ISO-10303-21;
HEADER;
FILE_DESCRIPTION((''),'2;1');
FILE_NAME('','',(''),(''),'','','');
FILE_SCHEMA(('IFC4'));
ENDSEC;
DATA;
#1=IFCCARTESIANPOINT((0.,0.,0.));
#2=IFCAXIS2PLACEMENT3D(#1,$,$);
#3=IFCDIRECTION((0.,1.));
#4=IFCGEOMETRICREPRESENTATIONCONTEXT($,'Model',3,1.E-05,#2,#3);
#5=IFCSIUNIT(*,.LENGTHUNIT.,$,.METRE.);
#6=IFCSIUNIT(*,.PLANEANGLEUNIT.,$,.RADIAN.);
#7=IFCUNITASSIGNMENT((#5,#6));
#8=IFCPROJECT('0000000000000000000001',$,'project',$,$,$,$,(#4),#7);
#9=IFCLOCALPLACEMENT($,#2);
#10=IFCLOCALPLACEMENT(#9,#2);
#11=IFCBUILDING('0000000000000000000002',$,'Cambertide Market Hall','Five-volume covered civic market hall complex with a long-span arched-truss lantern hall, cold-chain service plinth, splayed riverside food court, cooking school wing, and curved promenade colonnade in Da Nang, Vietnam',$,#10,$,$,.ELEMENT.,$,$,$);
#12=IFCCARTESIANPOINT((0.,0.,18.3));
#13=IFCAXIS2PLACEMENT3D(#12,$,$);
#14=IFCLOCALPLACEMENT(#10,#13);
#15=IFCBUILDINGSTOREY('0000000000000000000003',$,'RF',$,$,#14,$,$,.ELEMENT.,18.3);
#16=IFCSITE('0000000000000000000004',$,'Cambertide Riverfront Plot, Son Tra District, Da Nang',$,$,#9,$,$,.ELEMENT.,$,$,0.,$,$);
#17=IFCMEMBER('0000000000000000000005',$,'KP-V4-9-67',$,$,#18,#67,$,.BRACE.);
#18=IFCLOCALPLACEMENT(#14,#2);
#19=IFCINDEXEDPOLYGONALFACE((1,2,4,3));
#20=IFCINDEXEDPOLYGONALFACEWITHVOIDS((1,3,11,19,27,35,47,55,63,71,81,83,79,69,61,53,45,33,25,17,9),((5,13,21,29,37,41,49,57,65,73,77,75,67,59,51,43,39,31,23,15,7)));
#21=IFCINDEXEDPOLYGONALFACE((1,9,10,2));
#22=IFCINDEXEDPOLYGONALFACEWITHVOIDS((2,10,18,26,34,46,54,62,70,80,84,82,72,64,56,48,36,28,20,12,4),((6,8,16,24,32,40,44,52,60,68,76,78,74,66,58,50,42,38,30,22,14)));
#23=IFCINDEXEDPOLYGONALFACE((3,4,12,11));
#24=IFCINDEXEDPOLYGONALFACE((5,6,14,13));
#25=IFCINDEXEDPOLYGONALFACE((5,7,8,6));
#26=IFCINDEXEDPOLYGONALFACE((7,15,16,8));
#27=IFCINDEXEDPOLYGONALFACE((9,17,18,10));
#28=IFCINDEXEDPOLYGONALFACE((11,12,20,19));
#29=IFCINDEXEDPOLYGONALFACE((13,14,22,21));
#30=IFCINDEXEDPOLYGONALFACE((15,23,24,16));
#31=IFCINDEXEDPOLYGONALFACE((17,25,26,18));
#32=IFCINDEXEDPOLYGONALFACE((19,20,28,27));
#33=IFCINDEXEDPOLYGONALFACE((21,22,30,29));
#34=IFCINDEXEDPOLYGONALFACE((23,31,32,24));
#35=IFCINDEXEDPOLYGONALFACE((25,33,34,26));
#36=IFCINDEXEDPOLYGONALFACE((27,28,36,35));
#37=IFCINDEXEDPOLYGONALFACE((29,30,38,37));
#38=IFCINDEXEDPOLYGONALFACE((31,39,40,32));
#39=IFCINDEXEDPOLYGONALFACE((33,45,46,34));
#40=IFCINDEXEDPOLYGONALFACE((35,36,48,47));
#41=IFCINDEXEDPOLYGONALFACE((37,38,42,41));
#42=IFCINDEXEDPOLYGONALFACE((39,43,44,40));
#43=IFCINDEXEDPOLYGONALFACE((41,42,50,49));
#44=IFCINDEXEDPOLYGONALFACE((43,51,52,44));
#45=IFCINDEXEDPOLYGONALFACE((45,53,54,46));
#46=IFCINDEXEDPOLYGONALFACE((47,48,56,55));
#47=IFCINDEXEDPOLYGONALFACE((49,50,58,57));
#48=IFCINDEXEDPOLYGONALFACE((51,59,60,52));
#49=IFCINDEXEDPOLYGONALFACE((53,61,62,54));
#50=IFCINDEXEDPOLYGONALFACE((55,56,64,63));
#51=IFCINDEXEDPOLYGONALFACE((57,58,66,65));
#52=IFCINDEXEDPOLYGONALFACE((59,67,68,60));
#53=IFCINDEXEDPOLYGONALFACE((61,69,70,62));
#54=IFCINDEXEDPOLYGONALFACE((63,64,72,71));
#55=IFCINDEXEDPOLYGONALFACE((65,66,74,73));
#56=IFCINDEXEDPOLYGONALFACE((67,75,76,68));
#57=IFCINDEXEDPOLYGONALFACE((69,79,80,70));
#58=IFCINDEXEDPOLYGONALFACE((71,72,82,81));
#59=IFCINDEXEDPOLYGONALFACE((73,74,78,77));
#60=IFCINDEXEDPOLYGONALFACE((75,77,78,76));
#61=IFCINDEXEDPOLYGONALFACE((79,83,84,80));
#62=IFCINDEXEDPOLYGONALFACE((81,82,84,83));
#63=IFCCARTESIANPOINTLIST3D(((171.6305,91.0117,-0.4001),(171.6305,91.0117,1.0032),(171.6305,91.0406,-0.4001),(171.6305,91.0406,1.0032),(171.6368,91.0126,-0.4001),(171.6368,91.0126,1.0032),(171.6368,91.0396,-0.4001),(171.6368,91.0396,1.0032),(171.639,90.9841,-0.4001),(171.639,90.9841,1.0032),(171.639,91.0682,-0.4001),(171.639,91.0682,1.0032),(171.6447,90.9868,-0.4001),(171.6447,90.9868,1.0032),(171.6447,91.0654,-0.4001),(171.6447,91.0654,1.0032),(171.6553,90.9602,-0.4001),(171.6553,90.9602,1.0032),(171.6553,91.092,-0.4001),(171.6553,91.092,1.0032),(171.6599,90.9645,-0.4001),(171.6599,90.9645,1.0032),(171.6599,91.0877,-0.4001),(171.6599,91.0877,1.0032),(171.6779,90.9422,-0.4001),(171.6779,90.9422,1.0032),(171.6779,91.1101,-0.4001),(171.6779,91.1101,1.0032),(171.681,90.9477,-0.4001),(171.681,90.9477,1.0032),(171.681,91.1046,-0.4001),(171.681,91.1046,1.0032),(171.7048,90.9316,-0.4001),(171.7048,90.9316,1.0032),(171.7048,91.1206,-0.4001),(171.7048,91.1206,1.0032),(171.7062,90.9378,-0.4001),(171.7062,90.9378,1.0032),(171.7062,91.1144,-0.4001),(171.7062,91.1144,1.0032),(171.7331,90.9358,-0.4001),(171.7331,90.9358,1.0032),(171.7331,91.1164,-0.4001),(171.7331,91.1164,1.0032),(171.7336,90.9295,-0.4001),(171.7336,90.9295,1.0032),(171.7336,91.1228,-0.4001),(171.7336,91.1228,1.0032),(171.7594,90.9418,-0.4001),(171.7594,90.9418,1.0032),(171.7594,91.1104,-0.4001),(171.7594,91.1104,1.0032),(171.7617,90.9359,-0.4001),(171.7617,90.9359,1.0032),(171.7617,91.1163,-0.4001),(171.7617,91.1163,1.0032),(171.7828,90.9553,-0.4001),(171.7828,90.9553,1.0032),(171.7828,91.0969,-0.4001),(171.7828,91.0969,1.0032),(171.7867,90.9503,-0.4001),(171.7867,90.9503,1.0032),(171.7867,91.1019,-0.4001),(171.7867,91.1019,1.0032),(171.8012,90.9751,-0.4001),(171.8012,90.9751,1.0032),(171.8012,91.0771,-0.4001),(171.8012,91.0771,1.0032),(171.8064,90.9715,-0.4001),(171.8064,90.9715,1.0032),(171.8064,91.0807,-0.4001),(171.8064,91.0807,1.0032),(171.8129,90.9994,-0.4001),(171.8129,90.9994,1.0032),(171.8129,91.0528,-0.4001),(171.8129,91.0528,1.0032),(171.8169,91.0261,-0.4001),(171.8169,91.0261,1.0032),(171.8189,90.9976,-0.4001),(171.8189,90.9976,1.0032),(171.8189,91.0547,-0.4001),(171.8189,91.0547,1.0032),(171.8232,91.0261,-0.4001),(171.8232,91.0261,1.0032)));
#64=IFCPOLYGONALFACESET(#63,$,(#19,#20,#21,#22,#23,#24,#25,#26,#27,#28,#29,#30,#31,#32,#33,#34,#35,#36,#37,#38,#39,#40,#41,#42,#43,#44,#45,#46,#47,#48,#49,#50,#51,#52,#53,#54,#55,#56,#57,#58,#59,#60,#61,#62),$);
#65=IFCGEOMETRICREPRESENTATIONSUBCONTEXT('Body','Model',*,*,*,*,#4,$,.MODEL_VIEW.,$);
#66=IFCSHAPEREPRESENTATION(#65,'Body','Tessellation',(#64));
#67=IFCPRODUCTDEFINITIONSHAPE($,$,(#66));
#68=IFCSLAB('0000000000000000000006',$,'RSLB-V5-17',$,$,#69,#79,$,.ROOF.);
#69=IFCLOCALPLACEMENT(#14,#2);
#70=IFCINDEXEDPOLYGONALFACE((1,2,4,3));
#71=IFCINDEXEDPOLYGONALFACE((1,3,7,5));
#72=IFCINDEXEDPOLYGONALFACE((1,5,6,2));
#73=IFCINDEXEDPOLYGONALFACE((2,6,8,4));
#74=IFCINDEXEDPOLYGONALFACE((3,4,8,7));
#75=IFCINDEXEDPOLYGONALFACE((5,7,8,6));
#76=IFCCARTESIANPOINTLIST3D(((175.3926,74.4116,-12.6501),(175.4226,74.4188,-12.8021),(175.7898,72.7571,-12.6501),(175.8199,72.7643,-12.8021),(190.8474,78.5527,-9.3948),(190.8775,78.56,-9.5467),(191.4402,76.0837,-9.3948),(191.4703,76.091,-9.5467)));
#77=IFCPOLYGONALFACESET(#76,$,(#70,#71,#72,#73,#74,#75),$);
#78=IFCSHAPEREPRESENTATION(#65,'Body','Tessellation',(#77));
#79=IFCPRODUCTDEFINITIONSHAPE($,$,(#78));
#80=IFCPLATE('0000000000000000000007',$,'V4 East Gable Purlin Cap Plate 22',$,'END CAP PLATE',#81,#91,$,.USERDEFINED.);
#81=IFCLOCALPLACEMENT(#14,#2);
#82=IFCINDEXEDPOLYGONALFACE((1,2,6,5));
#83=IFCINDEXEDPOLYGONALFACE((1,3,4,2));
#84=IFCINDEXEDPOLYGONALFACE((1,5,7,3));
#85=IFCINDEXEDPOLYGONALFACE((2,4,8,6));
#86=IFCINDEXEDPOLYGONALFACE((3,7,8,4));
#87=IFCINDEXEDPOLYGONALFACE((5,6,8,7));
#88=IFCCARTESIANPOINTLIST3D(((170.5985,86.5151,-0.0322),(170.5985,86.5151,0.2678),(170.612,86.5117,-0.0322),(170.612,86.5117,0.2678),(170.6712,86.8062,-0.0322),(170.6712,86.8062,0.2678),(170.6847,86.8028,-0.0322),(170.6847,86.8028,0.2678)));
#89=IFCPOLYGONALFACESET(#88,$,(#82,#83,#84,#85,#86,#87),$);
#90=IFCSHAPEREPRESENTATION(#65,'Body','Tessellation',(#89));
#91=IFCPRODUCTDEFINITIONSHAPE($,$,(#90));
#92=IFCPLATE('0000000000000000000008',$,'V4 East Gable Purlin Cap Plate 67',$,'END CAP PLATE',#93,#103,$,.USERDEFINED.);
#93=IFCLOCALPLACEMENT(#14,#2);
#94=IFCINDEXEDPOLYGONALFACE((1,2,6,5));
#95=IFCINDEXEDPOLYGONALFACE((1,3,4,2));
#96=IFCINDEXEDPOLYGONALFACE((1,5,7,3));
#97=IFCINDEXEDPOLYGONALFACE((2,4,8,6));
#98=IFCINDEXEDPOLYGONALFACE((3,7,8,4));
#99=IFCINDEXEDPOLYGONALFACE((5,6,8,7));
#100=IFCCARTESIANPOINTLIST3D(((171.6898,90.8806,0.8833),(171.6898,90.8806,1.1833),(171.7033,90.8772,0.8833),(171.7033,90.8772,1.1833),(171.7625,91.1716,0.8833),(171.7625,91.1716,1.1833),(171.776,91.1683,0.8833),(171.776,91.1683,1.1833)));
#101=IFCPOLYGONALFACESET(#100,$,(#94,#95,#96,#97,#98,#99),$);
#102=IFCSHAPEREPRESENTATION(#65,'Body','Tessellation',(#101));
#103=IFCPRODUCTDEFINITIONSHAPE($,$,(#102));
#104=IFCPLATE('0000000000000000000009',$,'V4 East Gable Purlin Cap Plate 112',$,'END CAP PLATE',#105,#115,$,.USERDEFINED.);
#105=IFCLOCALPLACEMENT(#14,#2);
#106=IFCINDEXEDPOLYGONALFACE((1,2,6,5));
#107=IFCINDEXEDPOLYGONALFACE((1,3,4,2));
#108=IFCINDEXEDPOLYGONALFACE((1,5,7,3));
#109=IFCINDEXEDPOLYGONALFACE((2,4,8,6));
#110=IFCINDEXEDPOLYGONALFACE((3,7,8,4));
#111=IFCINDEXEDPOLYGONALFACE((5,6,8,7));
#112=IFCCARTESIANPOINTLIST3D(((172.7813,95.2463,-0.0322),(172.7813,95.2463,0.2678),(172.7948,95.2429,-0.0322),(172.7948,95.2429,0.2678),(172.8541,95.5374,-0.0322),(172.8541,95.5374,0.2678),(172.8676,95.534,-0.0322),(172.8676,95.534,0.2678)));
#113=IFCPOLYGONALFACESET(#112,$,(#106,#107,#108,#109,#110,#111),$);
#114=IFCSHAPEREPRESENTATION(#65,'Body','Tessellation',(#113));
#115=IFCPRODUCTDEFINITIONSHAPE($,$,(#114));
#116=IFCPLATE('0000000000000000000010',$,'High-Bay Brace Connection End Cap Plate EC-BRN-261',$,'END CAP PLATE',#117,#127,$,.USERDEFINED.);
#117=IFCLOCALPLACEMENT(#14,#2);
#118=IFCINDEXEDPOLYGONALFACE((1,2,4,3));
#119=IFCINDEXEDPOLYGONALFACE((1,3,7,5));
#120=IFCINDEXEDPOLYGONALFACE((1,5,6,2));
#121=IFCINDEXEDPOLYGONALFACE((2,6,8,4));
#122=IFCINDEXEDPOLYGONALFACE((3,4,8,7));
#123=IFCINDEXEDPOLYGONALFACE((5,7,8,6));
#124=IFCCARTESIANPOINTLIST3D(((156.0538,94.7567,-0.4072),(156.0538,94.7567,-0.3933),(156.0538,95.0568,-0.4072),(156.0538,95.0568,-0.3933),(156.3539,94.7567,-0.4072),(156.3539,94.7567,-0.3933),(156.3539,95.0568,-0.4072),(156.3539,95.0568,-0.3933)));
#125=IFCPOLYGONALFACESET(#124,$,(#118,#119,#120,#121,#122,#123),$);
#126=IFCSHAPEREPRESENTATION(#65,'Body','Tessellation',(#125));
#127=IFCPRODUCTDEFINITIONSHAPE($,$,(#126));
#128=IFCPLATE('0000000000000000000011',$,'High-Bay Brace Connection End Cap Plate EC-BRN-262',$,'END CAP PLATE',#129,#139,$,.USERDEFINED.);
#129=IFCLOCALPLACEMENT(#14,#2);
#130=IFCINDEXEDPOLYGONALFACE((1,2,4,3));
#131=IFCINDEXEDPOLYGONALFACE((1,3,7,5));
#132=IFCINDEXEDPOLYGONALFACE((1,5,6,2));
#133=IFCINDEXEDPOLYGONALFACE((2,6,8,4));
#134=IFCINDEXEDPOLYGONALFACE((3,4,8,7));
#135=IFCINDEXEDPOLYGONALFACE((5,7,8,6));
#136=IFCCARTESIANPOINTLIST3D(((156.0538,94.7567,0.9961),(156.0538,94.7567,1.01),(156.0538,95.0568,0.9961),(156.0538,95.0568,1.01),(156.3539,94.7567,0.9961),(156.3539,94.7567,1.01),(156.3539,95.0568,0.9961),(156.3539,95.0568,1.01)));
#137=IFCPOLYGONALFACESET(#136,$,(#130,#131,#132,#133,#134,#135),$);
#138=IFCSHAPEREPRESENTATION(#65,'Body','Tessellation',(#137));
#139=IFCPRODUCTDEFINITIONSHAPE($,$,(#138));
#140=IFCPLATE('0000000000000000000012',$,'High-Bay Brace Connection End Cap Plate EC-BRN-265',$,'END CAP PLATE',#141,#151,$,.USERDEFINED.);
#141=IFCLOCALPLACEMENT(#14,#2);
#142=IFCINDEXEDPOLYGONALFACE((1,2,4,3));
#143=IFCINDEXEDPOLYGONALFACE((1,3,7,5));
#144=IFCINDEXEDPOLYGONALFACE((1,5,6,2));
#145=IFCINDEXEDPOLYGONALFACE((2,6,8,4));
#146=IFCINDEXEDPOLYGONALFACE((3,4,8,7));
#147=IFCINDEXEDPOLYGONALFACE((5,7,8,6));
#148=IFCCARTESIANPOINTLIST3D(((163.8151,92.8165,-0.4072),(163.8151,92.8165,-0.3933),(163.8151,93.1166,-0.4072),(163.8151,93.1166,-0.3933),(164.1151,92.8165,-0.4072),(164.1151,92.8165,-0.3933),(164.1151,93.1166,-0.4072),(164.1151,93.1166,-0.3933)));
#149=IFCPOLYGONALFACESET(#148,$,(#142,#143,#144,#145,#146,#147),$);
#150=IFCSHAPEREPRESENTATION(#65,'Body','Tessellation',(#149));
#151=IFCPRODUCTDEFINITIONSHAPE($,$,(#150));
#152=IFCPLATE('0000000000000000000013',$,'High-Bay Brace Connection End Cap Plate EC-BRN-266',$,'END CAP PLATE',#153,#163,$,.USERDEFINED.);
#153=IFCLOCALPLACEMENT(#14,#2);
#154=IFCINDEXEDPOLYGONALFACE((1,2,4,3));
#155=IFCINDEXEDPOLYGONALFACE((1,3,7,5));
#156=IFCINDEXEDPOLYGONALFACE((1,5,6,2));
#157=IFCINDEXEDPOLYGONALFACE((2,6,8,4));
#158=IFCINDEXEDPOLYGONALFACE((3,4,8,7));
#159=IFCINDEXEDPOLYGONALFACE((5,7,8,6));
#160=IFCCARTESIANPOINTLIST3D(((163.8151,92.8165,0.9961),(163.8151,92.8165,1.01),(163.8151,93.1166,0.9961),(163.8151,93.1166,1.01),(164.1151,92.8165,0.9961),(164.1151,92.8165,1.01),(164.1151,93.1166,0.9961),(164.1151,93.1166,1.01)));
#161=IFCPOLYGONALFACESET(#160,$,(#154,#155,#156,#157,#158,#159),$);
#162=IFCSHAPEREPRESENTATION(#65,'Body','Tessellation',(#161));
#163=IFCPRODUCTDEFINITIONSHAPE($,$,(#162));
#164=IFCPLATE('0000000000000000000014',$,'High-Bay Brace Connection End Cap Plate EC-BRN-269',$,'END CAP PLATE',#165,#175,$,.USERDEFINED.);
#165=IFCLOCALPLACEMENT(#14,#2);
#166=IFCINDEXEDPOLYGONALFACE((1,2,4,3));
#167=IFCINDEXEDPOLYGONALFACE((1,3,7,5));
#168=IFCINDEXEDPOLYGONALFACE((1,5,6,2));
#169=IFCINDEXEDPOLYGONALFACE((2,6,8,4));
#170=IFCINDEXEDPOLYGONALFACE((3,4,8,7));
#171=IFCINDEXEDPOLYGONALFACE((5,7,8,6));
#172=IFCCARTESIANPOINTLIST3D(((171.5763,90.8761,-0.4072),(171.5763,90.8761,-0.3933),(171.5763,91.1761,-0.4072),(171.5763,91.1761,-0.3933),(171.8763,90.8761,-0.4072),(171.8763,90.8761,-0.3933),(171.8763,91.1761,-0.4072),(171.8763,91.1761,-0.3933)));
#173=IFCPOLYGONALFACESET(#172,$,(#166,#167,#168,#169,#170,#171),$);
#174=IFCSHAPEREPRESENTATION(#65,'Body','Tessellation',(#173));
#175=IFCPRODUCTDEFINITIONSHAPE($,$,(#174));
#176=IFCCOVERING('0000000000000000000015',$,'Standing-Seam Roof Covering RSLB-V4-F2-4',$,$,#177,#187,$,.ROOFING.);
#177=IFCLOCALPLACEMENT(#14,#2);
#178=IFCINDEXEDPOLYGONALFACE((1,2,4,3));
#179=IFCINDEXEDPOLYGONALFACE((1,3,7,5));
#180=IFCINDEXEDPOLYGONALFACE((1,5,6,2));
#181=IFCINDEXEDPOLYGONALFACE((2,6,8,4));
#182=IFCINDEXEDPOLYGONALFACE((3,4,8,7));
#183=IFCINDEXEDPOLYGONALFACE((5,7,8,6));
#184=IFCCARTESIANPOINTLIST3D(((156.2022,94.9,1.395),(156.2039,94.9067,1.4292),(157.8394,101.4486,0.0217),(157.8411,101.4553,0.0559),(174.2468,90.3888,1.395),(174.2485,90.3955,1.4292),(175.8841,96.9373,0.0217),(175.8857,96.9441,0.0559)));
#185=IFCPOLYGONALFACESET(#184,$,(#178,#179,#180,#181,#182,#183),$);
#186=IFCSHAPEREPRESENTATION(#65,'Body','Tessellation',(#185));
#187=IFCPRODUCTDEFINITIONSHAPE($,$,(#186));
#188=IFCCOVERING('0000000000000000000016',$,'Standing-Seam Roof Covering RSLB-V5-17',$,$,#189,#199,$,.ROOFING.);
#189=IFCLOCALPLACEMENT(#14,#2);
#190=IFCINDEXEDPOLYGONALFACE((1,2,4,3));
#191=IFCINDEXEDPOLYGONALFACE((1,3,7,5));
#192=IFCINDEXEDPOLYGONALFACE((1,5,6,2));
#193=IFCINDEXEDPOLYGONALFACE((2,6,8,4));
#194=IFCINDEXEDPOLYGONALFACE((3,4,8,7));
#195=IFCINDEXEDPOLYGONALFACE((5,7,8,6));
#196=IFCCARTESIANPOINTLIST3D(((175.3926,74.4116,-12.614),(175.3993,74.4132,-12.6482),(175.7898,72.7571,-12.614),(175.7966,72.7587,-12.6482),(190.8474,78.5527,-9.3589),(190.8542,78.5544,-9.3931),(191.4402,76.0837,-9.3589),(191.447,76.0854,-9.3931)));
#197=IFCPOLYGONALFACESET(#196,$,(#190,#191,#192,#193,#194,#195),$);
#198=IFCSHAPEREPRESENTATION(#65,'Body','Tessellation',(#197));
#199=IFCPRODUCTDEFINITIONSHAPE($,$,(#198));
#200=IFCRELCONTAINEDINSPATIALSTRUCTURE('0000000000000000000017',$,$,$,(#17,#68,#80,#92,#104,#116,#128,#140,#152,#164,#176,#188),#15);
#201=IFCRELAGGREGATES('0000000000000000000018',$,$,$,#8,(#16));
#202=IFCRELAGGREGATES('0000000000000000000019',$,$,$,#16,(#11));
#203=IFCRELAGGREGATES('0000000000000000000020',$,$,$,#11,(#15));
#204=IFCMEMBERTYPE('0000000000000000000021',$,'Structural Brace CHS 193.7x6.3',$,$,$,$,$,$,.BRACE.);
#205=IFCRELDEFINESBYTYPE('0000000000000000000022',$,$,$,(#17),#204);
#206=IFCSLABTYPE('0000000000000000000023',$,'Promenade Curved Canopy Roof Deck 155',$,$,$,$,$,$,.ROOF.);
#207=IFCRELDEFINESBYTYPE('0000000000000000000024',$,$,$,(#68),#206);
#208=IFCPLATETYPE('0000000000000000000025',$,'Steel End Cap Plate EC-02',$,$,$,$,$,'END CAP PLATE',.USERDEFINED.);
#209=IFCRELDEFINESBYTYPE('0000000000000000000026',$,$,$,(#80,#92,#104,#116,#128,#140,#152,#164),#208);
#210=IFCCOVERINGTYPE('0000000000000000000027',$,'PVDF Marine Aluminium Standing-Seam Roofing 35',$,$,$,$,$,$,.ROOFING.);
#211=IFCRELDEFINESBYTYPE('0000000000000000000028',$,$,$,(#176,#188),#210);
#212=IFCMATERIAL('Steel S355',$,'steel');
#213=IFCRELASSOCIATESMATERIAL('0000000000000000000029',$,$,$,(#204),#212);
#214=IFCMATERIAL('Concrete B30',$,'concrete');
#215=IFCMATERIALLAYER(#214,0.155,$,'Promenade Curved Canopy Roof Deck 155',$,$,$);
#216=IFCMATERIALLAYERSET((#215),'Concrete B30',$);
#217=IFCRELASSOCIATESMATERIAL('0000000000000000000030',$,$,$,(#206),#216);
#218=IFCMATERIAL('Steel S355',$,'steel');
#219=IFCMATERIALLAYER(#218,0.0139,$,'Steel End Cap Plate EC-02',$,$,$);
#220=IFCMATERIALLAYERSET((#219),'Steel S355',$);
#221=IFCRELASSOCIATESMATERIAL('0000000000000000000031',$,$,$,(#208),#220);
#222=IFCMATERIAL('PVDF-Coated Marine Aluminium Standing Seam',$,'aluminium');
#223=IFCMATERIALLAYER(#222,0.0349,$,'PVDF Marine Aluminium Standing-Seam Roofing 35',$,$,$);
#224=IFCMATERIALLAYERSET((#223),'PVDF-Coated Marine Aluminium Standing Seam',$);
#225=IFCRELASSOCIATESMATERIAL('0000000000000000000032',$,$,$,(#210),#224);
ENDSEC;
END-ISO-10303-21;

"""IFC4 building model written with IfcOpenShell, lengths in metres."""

from ifc_helpers import new_model, si_unit, direction, frame, origin, origin_2d, place, context, subcontext, project, spatial, polyline, rectangle, hollow_circle, outline, extrude, material, layer, layer_set, material_profile, profile_set, type_object, element, save


model = new_model("IFC4")

# Units and contexts
model_context = context("Model", 3, precision=1e-05, world=origin(), true_north=direction((0.0, 1.0)))
body_context = subcontext(model_context, "Body", "Model", "MODEL_VIEW")
ifc_project = project(units=[si_unit("LENGTHUNIT", "METRE"), si_unit("PLANEANGLEUNIT", "RADIAN")], contexts=[model_context])

# Site, building, storey
site_placement = place(None, origin())
site = spatial("IfcSite", under=ifc_project, at=site_placement, Name="Cambertide Riverfront Plot, Son Tra District, Da Nang", CompositionType="ELEMENT", RefElevation=0.0)
building_placement = place(site_placement, origin())
building = spatial("IfcBuilding", under=site, at=building_placement, Name="Cambertide Market Hall", Description="Five-volume covered civic market hall complex with a long-span arched-truss lantern hall, cold-chain service plinth, splayed riverside food court, cooking school wing, and curved promenade colonnade in Da Nang, Vietnam", CompositionType="ELEMENT")
storey_placement = place(building_placement, frame((0.0, 0.0, 18.3)))
storey = spatial("IfcBuildingStorey", under=building, at=storey_placement, Name="RF", CompositionType="ELEMENT", Elevation=18.3)

# Member
ifc_material_1 = material(Name="Steel S355", Category="steel")
ifc_material_profile_1 = material_profile(ifc_material_1, hollow_circle(Radius=0.0969, WallThickness=0.0063, at=origin_2d()), Name="CHS 193.7x6.3")
ifc_profile_set_1 = profile_set([ifc_material_profile_1], Name="Steel S355")
member_type_1 = type_object("IfcMemberType", Name="Structural Brace CHS 193.7x6.3", PredefinedType="BRACE", material=ifc_profile_set_1)
for number, where, z_axis, x_axis, name in (
    (1, (171.7263, 91.0261, -0.4001), (0.0, 0.0, 1.0), (1.0, 0.0, 0.0), "KP-V4-9-67"),
):
    element("IfcMember", number, at=place(storey_placement, frame(where, z_axis=z_axis, x_axis=x_axis)), inside=storey, type_object=member_type_1, Name=name, PredefinedType="BRACE", context=body_context, shape_type="SweptSolid", body=[
        extrude(hollow_circle(Radius=0.0969, WallThickness=0.0063, at=origin_2d()), origin(), (0.0, 0.0, 1.0), 1.4033),
    ])

# Slab
ifc_material_2 = material(Name="Concrete B30", Category="concrete")
ifc_layer_1 = layer(ifc_material_2, 0.155, Name="Promenade Curved Canopy Roof Deck 155")
ifc_layer_set_1 = layer_set([ifc_layer_1], Name="Concrete B30")
slab_type = type_object("IfcSlabType", Name="Promenade Curved Canopy Roof Deck 155", PredefinedType="ROOF", material=ifc_layer_set_1)
slab_1_placement = place(storey_placement, frame((175.7898, 72.7571, -12.6501), z_axis=(-0.19393, -0.046559, 0.97991), x_axis=(-0.233444, 0.97237, 0.000001)))
element("IfcSlab", 2, at=slab_1_placement, inside=storey, type_object=slab_type, Name="RSLB-V5-17", PredefinedType="ROOF", context=body_context, shape_type="SweptSolid", body=[
    extrude(outline(polyline([(0.0, 0.0), (1.7016, 0.0), (2.1204, -16.3225), (-0.4187, -16.3225), (0.0, 0.0)])), origin(), (0.0, 0.0, -1.0), 0.155),
])

# Plates
ifc_material_3 = material(Name="Steel S355", Category="steel")
ifc_layer_2 = layer(ifc_material_3, 0.0139, Name="Steel End Cap Plate EC-02")
ifc_layer_set_2 = layer_set([ifc_layer_2], Name="Steel S355")
plate_type = type_object("IfcPlateType", Name="Steel End Cap Plate EC-02", ElementType="END CAP PLATE", PredefinedType="USERDEFINED", material=ifc_layer_set_2)
for number, where, z_axis, x_axis, name in (
    (3, (170.6416, 86.6589, -0.0322), (0.0, 0.0, 1.0), (0.970143, -0.242536, 0.0), "V4 East Gable Purlin Cap Plate 22"),
    (4, (171.7329, 91.0244, 0.8833), (0.0, 0.0, 1.0), (0.970143, -0.242536, 0.0), "V4 East Gable Purlin Cap Plate 67"),
    (5, (172.8245, 95.3901, -0.0322), (0.0, 0.0, 1.0), (0.970143, -0.242536, 0.0), "V4 East Gable Purlin Cap Plate 112"),
):
    element("IfcPlate", number, at=place(storey_placement, frame(where, z_axis=z_axis, x_axis=x_axis)), inside=storey, type_object=plate_type, Name=name, ObjectType="END CAP PLATE", PredefinedType="USERDEFINED", context=body_context, shape_type="SweptSolid", body=[
        extrude(rectangle(XDim=0.0139, YDim=0.3, at=origin_2d()), origin(), (0.0, 0.0, 1.0), 0.3),
    ])
for number, where, z_axis, x_axis, name in (
    (6, (156.2039, 94.9067, -0.4072), (0.0, 0.0, 1.0), (1.0, 0.0, 0.0), "High-Bay Brace Connection End Cap Plate EC-BRN-261"),
    (7, (156.2039, 94.9067, 0.9961), (0.0, 0.0, 1.0), (1.0, 0.0, 0.0), "High-Bay Brace Connection End Cap Plate EC-BRN-262"),
    (8, (163.9651, 92.9666, -0.4072), (0.0, 0.0, 1.0), (1.0, 0.0, 0.0), "High-Bay Brace Connection End Cap Plate EC-BRN-265"),
    (9, (163.9651, 92.9666, 0.9961), (0.0, 0.0, 1.0), (1.0, 0.0, 0.0), "High-Bay Brace Connection End Cap Plate EC-BRN-266"),
    (10, (171.7263, 91.0261, -0.4072), (0.0, 0.0, 1.0), (1.0, 0.0, 0.0), "High-Bay Brace Connection End Cap Plate EC-BRN-269"),
):
    element("IfcPlate", number, at=place(storey_placement, frame(where, z_axis=z_axis, x_axis=x_axis)), inside=storey, type_object=plate_type, Name=name, ObjectType="END CAP PLATE", PredefinedType="USERDEFINED", context=body_context, shape_type="SweptSolid", body=[
        extrude(rectangle(XDim=0.3, YDim=0.3, at=origin_2d()), origin(), (0.0, 0.0, 1.0), 0.0139),
    ])

# Coverings
ifc_material_4 = material(Name="PVDF-Coated Marine Aluminium Standing Seam", Category="aluminium")
ifc_layer_3 = layer(ifc_material_4, 0.0349, Name="PVDF Marine Aluminium Standing-Seam Roofing 35")
ifc_layer_set_3 = layer_set([ifc_layer_3], Name="PVDF-Coated Marine Aluminium Standing Seam")
covering_type = type_object("IfcCoveringType", Name="PVDF Marine Aluminium Standing-Seam Roofing 35", PredefinedType="ROOFING", material=ifc_layer_set_3)
covering_1_placement = place(storey_placement, frame((156.2039, 94.9067, 1.4292), z_axis=(0.048353, 0.19341, 0.979926), x_axis=(0.970142, -0.242539, 0.0)))
element("IfcCovering", 11, at=covering_1_placement, inside=storey, type_object=covering_type, Name="Standing-Seam Roof Covering RSLB-V4-F2-4", PredefinedType="ROOFING", context=body_context, shape_type="SweptSolid", body=[
    extrude(outline(polyline([(0.0, 0.0), (18.6, 0.0), (18.6001, 6.8884), (0.0, 6.8884), (0.0, 0.0)])), origin(), (0.0, 0.0, -1.0), 0.0349),
])
covering_2_placement = place(storey_placement, frame((175.7898, 72.7571, -12.614), z_axis=(-0.193916, -0.046556, 0.979913), x_axis=(-0.233444, 0.97237, 0.000001)))
element("IfcCovering", 12, at=covering_2_placement, inside=storey, type_object=covering_type, Name="Standing-Seam Roof Covering RSLB-V5-17", PredefinedType="ROOFING", context=body_context, shape_type="SweptSolid", body=[
    extrude(outline(polyline([(0.0, 0.0), (1.7016, 0.0), (2.1204, -16.3224), (-0.4187, -16.3224), (0.0, 0.0)])), origin(), (0.0, 0.0, -1.0), 0.0349),
])

save(model, "model.ifc")
